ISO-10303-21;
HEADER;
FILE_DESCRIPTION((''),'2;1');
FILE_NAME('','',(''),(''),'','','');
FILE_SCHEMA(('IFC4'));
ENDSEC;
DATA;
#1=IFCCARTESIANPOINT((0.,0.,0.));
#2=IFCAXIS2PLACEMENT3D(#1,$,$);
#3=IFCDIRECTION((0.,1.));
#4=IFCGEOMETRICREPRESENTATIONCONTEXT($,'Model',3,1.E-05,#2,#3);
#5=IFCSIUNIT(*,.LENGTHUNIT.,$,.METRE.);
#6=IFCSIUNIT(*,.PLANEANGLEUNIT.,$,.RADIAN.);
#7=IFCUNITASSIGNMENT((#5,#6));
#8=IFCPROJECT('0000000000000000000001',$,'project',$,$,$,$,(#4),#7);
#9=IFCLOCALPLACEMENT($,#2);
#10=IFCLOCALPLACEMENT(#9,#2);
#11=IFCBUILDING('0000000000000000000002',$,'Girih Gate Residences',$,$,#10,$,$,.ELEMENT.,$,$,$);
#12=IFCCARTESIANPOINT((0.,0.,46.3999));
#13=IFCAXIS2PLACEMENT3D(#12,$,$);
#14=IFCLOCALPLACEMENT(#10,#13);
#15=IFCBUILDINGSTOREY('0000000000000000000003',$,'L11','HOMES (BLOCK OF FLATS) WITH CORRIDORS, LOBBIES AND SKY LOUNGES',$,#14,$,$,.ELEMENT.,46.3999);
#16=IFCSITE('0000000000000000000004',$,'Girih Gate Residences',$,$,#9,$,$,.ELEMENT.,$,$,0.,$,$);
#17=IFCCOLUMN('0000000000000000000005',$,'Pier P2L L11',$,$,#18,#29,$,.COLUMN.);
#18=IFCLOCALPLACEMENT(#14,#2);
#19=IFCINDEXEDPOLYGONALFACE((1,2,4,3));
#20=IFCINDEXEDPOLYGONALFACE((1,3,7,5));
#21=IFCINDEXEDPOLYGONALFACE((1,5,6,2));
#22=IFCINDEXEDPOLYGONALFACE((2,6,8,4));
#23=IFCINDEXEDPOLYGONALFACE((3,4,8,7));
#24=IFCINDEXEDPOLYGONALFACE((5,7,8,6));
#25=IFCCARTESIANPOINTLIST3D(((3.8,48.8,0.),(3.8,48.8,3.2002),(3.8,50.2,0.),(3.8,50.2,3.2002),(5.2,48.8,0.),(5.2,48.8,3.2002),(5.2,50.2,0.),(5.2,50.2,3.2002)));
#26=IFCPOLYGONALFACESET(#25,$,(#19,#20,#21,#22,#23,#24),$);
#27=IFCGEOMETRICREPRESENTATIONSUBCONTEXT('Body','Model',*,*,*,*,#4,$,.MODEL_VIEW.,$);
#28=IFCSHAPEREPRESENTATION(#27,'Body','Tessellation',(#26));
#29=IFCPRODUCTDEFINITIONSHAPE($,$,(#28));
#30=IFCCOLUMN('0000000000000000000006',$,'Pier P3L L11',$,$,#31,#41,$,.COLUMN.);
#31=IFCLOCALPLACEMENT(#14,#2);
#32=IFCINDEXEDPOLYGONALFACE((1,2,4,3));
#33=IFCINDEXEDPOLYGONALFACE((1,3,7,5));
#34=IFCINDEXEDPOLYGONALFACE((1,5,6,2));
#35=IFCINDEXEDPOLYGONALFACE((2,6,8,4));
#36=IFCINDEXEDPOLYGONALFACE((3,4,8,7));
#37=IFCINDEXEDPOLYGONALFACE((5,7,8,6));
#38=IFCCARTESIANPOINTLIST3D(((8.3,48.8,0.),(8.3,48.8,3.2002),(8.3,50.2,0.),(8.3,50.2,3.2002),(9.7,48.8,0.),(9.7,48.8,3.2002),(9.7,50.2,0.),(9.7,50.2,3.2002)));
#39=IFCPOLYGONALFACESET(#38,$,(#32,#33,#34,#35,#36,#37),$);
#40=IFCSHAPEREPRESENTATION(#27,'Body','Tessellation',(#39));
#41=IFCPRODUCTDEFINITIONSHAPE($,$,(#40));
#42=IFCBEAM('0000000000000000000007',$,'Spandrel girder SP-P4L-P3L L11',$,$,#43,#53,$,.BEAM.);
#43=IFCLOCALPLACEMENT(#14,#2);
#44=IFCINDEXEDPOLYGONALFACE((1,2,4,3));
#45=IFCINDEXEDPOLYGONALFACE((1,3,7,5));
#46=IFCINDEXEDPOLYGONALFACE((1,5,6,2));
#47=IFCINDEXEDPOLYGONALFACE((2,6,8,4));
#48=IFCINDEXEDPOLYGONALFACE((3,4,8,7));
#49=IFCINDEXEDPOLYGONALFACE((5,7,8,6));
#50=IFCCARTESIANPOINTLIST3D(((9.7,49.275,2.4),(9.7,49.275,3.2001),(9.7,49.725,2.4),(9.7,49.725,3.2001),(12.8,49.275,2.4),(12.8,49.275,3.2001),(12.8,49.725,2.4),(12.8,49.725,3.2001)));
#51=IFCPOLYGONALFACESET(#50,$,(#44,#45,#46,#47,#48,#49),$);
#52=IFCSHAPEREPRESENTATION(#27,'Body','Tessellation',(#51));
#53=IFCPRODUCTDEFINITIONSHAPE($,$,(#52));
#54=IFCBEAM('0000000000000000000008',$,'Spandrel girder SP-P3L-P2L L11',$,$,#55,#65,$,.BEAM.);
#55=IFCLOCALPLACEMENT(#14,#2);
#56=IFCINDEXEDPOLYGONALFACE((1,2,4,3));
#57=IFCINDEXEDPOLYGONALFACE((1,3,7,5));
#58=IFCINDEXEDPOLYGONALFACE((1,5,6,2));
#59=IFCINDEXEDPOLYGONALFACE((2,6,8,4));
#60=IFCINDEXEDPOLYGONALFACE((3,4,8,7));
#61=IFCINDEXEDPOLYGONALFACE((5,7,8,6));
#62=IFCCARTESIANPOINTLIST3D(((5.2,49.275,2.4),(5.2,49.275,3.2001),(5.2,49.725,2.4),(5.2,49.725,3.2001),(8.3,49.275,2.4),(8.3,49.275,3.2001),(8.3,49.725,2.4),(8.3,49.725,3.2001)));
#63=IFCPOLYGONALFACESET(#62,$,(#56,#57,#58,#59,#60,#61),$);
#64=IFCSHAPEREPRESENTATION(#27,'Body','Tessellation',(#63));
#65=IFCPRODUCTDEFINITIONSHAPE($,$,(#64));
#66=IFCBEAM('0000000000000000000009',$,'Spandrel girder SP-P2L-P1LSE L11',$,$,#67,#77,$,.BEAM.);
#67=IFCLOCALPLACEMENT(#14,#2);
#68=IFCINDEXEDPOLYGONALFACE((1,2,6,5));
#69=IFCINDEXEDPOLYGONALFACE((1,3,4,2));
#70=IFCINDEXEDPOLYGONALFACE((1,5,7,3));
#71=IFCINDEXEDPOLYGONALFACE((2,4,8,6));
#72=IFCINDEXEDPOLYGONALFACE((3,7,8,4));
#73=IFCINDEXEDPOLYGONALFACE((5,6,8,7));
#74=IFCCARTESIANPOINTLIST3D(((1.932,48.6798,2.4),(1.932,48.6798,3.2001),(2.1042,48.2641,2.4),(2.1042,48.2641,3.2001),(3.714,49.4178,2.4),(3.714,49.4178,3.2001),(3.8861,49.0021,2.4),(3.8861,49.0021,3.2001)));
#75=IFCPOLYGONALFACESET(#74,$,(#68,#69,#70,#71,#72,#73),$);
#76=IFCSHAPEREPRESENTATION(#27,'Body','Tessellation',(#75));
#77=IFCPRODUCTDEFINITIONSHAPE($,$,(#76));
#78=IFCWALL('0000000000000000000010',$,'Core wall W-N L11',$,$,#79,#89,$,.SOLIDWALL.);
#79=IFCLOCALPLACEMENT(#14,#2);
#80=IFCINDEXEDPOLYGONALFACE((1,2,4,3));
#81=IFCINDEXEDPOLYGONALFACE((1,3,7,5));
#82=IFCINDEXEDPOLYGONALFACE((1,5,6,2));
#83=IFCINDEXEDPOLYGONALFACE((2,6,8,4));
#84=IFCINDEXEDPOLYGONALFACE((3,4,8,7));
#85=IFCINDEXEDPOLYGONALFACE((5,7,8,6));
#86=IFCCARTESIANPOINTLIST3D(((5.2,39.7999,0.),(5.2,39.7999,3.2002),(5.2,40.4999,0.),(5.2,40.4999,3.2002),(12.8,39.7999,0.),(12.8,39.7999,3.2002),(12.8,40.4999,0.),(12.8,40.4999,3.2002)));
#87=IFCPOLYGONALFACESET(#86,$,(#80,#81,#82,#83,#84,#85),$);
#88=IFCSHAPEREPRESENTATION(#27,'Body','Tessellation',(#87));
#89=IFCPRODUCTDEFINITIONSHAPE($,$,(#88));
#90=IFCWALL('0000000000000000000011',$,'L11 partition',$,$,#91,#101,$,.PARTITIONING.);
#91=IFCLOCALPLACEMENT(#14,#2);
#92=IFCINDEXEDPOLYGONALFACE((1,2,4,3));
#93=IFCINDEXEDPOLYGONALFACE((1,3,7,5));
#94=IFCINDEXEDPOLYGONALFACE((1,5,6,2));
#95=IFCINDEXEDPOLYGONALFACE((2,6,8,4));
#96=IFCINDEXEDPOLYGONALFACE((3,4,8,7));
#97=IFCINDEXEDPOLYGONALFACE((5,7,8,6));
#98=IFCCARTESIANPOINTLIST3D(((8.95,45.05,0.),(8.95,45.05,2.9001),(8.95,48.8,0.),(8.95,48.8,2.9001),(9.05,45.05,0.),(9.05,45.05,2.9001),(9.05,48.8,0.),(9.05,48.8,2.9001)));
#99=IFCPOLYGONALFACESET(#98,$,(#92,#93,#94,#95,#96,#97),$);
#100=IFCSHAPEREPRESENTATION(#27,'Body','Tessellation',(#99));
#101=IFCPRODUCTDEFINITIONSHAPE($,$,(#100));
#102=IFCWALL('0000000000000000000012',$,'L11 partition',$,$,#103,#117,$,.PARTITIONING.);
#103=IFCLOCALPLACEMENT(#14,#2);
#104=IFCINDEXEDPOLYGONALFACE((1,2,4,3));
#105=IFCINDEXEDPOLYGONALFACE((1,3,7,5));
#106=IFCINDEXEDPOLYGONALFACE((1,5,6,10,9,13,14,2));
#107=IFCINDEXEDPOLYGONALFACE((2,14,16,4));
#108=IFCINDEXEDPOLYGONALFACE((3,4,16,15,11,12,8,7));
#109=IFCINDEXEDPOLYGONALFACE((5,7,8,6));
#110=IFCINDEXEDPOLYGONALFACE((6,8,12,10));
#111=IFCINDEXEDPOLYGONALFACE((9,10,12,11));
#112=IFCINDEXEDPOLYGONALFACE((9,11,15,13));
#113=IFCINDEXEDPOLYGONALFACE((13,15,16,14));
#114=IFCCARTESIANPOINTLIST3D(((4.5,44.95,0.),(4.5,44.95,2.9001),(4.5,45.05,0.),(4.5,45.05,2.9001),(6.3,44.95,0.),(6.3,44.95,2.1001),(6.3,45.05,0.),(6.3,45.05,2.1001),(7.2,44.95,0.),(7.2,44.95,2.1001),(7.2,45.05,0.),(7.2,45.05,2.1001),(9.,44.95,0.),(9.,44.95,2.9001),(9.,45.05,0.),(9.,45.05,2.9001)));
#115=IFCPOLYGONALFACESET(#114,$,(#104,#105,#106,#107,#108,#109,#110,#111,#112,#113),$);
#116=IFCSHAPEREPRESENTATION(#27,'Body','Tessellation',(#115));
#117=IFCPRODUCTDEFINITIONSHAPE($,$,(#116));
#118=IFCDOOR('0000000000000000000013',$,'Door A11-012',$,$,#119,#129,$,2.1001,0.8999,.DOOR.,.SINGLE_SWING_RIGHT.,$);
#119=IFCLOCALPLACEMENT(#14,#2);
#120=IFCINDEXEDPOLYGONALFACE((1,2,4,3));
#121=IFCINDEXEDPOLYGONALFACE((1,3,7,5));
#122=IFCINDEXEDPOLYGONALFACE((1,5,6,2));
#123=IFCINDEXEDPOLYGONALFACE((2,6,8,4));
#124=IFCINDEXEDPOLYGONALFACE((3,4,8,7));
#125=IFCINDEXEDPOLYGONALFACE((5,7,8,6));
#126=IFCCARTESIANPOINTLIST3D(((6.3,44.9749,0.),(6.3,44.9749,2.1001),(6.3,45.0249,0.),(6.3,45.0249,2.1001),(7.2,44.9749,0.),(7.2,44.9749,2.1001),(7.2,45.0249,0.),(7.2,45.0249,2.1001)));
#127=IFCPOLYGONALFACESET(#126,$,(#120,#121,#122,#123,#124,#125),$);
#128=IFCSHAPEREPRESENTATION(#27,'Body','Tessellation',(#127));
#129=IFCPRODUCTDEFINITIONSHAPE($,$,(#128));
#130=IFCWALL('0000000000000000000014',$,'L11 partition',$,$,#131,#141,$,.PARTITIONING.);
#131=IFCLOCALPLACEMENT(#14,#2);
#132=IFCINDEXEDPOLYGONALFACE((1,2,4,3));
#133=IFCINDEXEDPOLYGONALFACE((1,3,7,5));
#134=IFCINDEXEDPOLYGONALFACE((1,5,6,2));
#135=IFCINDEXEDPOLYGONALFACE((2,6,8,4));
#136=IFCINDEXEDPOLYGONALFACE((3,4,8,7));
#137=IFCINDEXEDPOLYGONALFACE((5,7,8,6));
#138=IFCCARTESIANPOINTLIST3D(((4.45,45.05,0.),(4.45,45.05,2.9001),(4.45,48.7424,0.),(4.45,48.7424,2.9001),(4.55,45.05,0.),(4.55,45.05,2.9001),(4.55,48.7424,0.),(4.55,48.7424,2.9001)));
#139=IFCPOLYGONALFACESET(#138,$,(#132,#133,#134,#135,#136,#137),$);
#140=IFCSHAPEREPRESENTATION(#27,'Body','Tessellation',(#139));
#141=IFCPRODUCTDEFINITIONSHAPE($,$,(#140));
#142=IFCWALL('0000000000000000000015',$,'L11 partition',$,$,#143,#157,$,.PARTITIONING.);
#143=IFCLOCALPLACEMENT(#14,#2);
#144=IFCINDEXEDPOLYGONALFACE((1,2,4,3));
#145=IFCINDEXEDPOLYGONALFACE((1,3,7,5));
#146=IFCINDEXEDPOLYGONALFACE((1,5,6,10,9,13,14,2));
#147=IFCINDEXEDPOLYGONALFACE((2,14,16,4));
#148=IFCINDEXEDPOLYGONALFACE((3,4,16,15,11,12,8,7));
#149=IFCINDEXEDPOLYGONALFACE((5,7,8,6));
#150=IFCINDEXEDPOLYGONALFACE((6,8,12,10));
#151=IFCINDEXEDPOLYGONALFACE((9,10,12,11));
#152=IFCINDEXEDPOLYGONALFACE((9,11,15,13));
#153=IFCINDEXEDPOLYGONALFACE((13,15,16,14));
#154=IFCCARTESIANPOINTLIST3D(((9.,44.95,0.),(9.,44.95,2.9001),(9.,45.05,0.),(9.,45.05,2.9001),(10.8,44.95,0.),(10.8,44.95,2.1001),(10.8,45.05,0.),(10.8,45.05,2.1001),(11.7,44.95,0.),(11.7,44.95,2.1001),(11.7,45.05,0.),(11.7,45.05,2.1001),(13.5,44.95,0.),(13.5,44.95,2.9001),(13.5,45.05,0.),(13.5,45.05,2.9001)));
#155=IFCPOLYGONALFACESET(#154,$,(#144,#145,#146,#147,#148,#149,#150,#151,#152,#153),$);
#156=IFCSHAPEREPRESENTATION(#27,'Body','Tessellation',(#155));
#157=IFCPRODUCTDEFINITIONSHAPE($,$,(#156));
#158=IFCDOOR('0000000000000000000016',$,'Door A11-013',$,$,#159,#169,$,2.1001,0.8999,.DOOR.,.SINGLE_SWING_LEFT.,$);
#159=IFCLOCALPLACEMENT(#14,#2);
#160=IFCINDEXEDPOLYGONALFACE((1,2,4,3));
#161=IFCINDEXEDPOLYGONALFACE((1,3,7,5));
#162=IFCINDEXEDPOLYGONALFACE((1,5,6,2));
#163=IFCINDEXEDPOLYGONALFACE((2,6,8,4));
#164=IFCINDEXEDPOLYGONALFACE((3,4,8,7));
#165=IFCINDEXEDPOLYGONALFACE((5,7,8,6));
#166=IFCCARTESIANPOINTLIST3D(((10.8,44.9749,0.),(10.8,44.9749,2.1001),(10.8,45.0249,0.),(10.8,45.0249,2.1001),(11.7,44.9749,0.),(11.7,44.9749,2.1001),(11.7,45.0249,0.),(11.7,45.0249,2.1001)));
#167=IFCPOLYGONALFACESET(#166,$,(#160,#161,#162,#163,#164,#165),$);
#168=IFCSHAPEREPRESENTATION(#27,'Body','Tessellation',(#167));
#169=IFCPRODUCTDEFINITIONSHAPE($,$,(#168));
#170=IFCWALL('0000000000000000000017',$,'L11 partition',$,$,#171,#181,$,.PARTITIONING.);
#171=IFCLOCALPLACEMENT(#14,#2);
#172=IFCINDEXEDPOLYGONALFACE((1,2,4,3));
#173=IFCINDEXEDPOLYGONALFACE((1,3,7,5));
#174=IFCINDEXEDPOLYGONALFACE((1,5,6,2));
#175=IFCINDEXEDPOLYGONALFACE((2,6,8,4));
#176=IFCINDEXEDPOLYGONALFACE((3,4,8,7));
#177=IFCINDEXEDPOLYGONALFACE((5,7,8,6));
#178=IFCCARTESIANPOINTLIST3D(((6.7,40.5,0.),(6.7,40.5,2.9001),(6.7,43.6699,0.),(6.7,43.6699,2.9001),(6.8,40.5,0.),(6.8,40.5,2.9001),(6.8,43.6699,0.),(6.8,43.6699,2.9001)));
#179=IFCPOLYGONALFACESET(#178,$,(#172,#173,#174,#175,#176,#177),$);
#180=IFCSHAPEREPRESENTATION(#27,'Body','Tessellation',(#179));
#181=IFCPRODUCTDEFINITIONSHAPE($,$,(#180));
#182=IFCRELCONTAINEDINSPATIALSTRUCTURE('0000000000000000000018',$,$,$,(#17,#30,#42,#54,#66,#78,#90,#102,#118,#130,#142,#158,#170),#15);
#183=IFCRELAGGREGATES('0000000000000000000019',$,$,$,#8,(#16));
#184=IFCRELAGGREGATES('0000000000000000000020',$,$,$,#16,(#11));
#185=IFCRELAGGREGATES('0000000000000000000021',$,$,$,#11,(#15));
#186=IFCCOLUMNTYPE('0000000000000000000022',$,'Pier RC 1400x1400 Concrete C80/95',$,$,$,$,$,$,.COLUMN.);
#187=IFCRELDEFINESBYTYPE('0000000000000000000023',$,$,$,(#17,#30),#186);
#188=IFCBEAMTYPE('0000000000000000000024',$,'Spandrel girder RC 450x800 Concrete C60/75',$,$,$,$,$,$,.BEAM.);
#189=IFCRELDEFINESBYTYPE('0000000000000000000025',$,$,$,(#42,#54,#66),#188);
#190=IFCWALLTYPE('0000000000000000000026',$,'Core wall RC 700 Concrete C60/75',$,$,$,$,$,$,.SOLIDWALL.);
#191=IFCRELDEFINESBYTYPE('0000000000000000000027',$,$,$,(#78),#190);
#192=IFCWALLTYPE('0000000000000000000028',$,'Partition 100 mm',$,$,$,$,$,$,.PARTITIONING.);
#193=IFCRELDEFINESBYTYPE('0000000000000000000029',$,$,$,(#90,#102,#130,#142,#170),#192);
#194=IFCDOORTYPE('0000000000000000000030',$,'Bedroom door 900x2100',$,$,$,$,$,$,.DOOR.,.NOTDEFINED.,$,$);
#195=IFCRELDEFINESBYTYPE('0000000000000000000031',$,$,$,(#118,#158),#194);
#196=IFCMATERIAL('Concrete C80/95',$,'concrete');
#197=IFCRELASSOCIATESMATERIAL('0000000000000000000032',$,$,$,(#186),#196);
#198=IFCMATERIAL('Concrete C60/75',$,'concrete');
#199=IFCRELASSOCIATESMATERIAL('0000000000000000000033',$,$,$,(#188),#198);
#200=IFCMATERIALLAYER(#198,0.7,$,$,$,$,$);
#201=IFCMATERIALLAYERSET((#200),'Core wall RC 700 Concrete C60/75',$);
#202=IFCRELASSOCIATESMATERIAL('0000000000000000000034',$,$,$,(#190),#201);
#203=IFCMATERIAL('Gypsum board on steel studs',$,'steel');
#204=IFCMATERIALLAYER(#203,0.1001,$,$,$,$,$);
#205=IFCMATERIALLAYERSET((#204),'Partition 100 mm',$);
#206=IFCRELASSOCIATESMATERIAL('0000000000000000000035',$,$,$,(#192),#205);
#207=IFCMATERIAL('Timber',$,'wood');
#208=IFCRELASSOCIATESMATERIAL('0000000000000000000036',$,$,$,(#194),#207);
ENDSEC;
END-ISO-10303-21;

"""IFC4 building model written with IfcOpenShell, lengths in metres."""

from ifc_helpers import new_model, si_unit, direction, frame, frame_2d, origin, origin_2d, place, context, subcontext, project, spatial, rectangle, extrude, material, layer, layer_set, material_profile, profile_set, type_object, element, fill, save


model = new_model("IFC4")

# Units and contexts
model_context = context("Model", 3, precision=1e-05, world=origin(), true_north=direction((0.0, 1.0)))
body_context = subcontext(model_context, "Body", "Model", "MODEL_VIEW")
ifc_project = project(units=[si_unit("LENGTHUNIT", "METRE"), si_unit("PLANEANGLEUNIT", "RADIAN")], contexts=[model_context])

# Site, building, storey
site_placement = place(None, origin())
site = spatial("IfcSite", under=ifc_project, at=site_placement, Name="Girih Gate Residences", CompositionType="ELEMENT", RefElevation=0.0)
building_placement = place(site_placement, origin())
building = spatial("IfcBuilding", under=site, at=building_placement, Name="Girih Gate Residences", CompositionType="ELEMENT")
storey_placement = place(building_placement, frame((0.0, 0.0, 46.3999)))
storey = spatial("IfcBuildingStorey", under=building, at=storey_placement, Name="L11", Description="HOMES (BLOCK OF FLATS) WITH CORRIDORS, LOBBIES AND SKY LOUNGES", CompositionType="ELEMENT", Elevation=46.3999)

# Columns
ifc_material_1 = material(Name="Concrete C80/95", Category="concrete")
ifc_material_profile_1 = material_profile(ifc_material_1, rectangle(XDim=1.3999, YDim=1.3999, at=origin_2d()))
ifc_profile_set_1 = profile_set([ifc_material_profile_1], Name="Concrete C80/95")
column_type = type_object("IfcColumnType", Name="Pier RC 1400x1400 Concrete C80/95", PredefinedType="COLUMN", material=ifc_profile_set_1)
for number, where, z_axis, x_axis, name in (
    (1, (4.5, 49.5, 0.0), (0.0, 0.0, 1.0), (1.0, 0.0, 0.0), "Pier P2L L11"),
    (2, (9.0, 49.5, 0.0), (0.0, 0.0, 1.0), (1.0, 0.0, 0.0), "Pier P3L L11"),
):
    element("IfcColumn", number, at=place(storey_placement, frame(where, z_axis=z_axis, x_axis=x_axis)), inside=storey, type_object=column_type, Name=name, PredefinedType="COLUMN", context=body_context, shape_type="SweptSolid", body=[
        extrude(rectangle(XDim=1.3999, YDim=1.3999, at=origin_2d()), origin(), (0.0, 0.0, 1.0), 3.2002),
    ])

# Beams
ifc_material_2 = material(Name="Concrete C60/75", Category="concrete")
ifc_material_profile_2 = material_profile(ifc_material_2, rectangle(XDim=0.45, YDim=0.8, at=origin_2d()))
ifc_profile_set_2 = profile_set([ifc_material_profile_2], Name="Concrete C60/75")
beam_type = type_object("IfcBeamType", Name="Spandrel girder RC 450x800 Concrete C60/75", PredefinedType="BEAM", material=ifc_profile_set_2)
for number, where, z_axis, x_axis, name in (
    (3, (12.8, 49.5, 2.8), (-1.0, 0.0, 0.0), (0.0, -1.0, 0.0), "Spandrel girder SP-P4L-P3L L11"),
    (4, (8.3, 49.5, 2.8), (-1.0, 0.0, 0.0), (0.0, -1.0, 0.0), "Spandrel girder SP-P3L-P2L L11"),
):
    element("IfcBeam", number, at=place(storey_placement, frame(where, z_axis=z_axis, x_axis=x_axis)), inside=storey, type_object=beam_type, Name=name, PredefinedType="BEAM", context=body_context, shape_type="SweptSolid", body=[
        extrude(rectangle(XDim=0.45, YDim=0.8, at=origin_2d()), origin(), (0.0, 0.0, 1.0), 3.1001),
    ])
beam_placement = place(storey_placement, frame((3.8, 49.21, 2.8), z_axis=(-0.923895, -0.382646, 0.0), x_axis=(0.382646, -0.923895, 0.0)))
element("IfcBeam", 5, at=beam_placement, inside=storey, type_object=beam_type, Name="Spandrel girder SP-P2L-P1LSE L11", PredefinedType="BEAM", context=body_context, shape_type="SweptSolid", body=[
    extrude(rectangle(XDim=0.45, YDim=0.8, at=origin_2d()), origin(), (0.0, 0.0, 1.0), 1.9287),
])

# Walls
ifc_layer_1 = layer(ifc_material_2, 0.7)
ifc_layer_set_1 = layer_set([ifc_layer_1], Name="Core wall RC 700 Concrete C60/75")
wall_type_1 = type_object("IfcWallType", Name="Core wall RC 700 Concrete C60/75", PredefinedType="SOLIDWALL", material=ifc_layer_set_1)
wall_1_placement = place(storey_placement, frame((5.2, 40.1499, 0.0), z_axis=(0.0, 0.0, 1.0), x_axis=(1.0, 0.0, 0.0)))
element("IfcWall", 6, at=wall_1_placement, inside=storey, type_object=wall_type_1, Name="Core wall W-N L11", PredefinedType="SOLIDWALL", context=body_context, shape_type="SweptSolid", body=[
    extrude(rectangle(XDim=7.6001, YDim=0.7, at=frame_2d((3.8, 0.0))), origin(), (0.0, 0.0, 1.0), 3.2002),
])
ifc_material_3 = material(Name="Gypsum board on steel studs", Category="steel")
ifc_layer_2 = layer(ifc_material_3, 0.1001)
ifc_layer_set_2 = layer_set([ifc_layer_2], Name="Partition 100 mm")
wall_type_2 = type_object("IfcWallType", Name="Partition 100 mm", PredefinedType="PARTITIONING", material=ifc_layer_set_2)
wall_2_placement = place(storey_placement, frame((9.0, 45.05, 0.0), z_axis=(0.0, 0.0, 1.0), x_axis=(0.0, 1.0, 0.0)))
element("IfcWall", 7, at=wall_2_placement, inside=storey, type_object=wall_type_2, Name="L11 partition", PredefinedType="PARTITIONING", context=body_context, shape_type="SweptSolid", body=[
    extrude(rectangle(XDim=3.75, YDim=0.1001, at=frame_2d((1.875, 0.0))), origin(), (0.0, 0.0, 1.0), 2.9001),
])

# Wall, opening, door
wall_3_placement = place(storey_placement, frame((4.5, 45.0, 0.0), z_axis=(0.0, 0.0, 1.0), x_axis=(1.0, 0.0, 0.0)))
wall_3 = element("IfcWall", 8, at=wall_3_placement, inside=storey, type_object=wall_type_2, Name="L11 partition", PredefinedType="PARTITIONING", context=body_context, shape_type="SweptSolid", body=[
    extrude(rectangle(XDim=4.5, YDim=0.1001, at=frame_2d((2.25, 0.0))), origin(), (0.0, 0.0, 1.0), 2.9001),
])
opening_1_placement = place(wall_3_placement, frame((1.8, 0.0, 0.0)))
opening_1 = element("IfcOpeningElement", 9, at=opening_1_placement, cuts=wall_3, PredefinedType="OPENING", context=body_context, shape_type="SweptSolid", body=[
    extrude(rectangle(XDim=0.8999, YDim=2.1001, at=frame_2d((0.45, 1.05))), frame((0.0, 0.0601, 0.0), z_axis=(0.0, -1.0, 0.0), x_axis=(1.0, 0.0, 0.0)), (0.0, 0.0, 1.0), 0.1201),
])
ifc_material_4 = material(Name="Timber", Category="wood")
door_type = type_object("IfcDoorType", Name="Bedroom door 900x2100", OperationType="NOTDEFINED", PredefinedType="DOOR", material=ifc_material_4)
door_1_placement = place(opening_1_placement, origin())
door_1 = element("IfcDoor", 10, at=door_1_placement, inside=storey, type_object=door_type, Name="Door A11-012", OperationType="SINGLE_SWING_RIGHT", OverallHeight=2.1001, OverallWidth=0.8999, PredefinedType="DOOR", context=body_context, shape_type="SweptSolid", body=[
    extrude(rectangle(XDim=0.8999, YDim=2.1001, at=frame_2d((0.45, 1.05))), frame((0.0, 0.0249, 0.0), z_axis=(0.0, -1.0, 0.0), x_axis=(1.0, 0.0, 0.0)), (0.0, 0.0, 1.0), 0.05),
])
fill(opening_1, door_1)

# Wall
wall_4_placement = place(storey_placement, frame((4.5, 45.05, 0.0), z_axis=(0.0, 0.0, 1.0), x_axis=(0.0, 1.0, 0.0)))
element("IfcWall", 11, at=wall_4_placement, inside=storey, type_object=wall_type_2, Name="L11 partition", PredefinedType="PARTITIONING", context=body_context, shape_type="SweptSolid", body=[
    extrude(rectangle(XDim=3.6924, YDim=0.1001, at=frame_2d((1.8462, 0.0))), origin(), (0.0, 0.0, 1.0), 2.9001),
])

# Wall, opening, door
wall_5_placement = place(storey_placement, frame((9.0, 45.0, 0.0), z_axis=(0.0, 0.0, 1.0), x_axis=(1.0, 0.0, 0.0)))
wall_5 = element("IfcWall", 12, at=wall_5_placement, inside=storey, type_object=wall_type_2, Name="L11 partition", PredefinedType="PARTITIONING", context=body_context, shape_type="SweptSolid", body=[
    extrude(rectangle(XDim=4.5, YDim=0.1001, at=frame_2d((2.25, 0.0))), origin(), (0.0, 0.0, 1.0), 2.9001),
])
opening_2_placement = place(wall_5_placement, frame((1.8, 0.0, 0.0)))
opening_2 = element("IfcOpeningElement", 13, at=opening_2_placement, cuts=wall_5, PredefinedType="OPENING", context=body_context, shape_type="SweptSolid", body=[
    extrude(rectangle(XDim=0.8999, YDim=2.1001, at=frame_2d((0.45, 1.05))), frame((0.0, 0.0601, 0.0), z_axis=(0.0, -1.0, 0.0), x_axis=(1.0, 0.0, 0.0)), (0.0, 0.0, 1.0), 0.1201),
])
door_2_placement = place(opening_2_placement, origin())
door_2 = element("IfcDoor", 14, at=door_2_placement, inside=storey, type_object=door_type, Name="Door A11-013", OperationType="SINGLE_SWING_LEFT", OverallHeight=2.1001, OverallWidth=0.8999, PredefinedType="DOOR", context=body_context, shape_type="SweptSolid", body=[
    extrude(rectangle(XDim=0.8999, YDim=2.1001, at=frame_2d((0.45, 1.05))), frame((0.0, 0.0249, 0.0), z_axis=(0.0, -1.0, 0.0), x_axis=(1.0, 0.0, 0.0)), (0.0, 0.0, 1.0), 0.05),
])
fill(opening_2, door_2)

# Wall
wall_6_placement = place(storey_placement, frame((6.75, 40.5, 0.0), z_axis=(0.0, 0.0, 1.0), x_axis=(0.0, 1.0, 0.0)))
element("IfcWall", 15, at=wall_6_placement, inside=storey, type_object=wall_type_2, Name="L11 partition", PredefinedType="PARTITIONING", context=body_context, shape_type="SweptSolid", body=[
    extrude(rectangle(XDim=3.1699, YDim=0.1001, at=frame_2d((1.585, 0.0))), origin(), (0.0, 0.0, 1.0), 2.9001),
])

save(model, "model.ifc")
